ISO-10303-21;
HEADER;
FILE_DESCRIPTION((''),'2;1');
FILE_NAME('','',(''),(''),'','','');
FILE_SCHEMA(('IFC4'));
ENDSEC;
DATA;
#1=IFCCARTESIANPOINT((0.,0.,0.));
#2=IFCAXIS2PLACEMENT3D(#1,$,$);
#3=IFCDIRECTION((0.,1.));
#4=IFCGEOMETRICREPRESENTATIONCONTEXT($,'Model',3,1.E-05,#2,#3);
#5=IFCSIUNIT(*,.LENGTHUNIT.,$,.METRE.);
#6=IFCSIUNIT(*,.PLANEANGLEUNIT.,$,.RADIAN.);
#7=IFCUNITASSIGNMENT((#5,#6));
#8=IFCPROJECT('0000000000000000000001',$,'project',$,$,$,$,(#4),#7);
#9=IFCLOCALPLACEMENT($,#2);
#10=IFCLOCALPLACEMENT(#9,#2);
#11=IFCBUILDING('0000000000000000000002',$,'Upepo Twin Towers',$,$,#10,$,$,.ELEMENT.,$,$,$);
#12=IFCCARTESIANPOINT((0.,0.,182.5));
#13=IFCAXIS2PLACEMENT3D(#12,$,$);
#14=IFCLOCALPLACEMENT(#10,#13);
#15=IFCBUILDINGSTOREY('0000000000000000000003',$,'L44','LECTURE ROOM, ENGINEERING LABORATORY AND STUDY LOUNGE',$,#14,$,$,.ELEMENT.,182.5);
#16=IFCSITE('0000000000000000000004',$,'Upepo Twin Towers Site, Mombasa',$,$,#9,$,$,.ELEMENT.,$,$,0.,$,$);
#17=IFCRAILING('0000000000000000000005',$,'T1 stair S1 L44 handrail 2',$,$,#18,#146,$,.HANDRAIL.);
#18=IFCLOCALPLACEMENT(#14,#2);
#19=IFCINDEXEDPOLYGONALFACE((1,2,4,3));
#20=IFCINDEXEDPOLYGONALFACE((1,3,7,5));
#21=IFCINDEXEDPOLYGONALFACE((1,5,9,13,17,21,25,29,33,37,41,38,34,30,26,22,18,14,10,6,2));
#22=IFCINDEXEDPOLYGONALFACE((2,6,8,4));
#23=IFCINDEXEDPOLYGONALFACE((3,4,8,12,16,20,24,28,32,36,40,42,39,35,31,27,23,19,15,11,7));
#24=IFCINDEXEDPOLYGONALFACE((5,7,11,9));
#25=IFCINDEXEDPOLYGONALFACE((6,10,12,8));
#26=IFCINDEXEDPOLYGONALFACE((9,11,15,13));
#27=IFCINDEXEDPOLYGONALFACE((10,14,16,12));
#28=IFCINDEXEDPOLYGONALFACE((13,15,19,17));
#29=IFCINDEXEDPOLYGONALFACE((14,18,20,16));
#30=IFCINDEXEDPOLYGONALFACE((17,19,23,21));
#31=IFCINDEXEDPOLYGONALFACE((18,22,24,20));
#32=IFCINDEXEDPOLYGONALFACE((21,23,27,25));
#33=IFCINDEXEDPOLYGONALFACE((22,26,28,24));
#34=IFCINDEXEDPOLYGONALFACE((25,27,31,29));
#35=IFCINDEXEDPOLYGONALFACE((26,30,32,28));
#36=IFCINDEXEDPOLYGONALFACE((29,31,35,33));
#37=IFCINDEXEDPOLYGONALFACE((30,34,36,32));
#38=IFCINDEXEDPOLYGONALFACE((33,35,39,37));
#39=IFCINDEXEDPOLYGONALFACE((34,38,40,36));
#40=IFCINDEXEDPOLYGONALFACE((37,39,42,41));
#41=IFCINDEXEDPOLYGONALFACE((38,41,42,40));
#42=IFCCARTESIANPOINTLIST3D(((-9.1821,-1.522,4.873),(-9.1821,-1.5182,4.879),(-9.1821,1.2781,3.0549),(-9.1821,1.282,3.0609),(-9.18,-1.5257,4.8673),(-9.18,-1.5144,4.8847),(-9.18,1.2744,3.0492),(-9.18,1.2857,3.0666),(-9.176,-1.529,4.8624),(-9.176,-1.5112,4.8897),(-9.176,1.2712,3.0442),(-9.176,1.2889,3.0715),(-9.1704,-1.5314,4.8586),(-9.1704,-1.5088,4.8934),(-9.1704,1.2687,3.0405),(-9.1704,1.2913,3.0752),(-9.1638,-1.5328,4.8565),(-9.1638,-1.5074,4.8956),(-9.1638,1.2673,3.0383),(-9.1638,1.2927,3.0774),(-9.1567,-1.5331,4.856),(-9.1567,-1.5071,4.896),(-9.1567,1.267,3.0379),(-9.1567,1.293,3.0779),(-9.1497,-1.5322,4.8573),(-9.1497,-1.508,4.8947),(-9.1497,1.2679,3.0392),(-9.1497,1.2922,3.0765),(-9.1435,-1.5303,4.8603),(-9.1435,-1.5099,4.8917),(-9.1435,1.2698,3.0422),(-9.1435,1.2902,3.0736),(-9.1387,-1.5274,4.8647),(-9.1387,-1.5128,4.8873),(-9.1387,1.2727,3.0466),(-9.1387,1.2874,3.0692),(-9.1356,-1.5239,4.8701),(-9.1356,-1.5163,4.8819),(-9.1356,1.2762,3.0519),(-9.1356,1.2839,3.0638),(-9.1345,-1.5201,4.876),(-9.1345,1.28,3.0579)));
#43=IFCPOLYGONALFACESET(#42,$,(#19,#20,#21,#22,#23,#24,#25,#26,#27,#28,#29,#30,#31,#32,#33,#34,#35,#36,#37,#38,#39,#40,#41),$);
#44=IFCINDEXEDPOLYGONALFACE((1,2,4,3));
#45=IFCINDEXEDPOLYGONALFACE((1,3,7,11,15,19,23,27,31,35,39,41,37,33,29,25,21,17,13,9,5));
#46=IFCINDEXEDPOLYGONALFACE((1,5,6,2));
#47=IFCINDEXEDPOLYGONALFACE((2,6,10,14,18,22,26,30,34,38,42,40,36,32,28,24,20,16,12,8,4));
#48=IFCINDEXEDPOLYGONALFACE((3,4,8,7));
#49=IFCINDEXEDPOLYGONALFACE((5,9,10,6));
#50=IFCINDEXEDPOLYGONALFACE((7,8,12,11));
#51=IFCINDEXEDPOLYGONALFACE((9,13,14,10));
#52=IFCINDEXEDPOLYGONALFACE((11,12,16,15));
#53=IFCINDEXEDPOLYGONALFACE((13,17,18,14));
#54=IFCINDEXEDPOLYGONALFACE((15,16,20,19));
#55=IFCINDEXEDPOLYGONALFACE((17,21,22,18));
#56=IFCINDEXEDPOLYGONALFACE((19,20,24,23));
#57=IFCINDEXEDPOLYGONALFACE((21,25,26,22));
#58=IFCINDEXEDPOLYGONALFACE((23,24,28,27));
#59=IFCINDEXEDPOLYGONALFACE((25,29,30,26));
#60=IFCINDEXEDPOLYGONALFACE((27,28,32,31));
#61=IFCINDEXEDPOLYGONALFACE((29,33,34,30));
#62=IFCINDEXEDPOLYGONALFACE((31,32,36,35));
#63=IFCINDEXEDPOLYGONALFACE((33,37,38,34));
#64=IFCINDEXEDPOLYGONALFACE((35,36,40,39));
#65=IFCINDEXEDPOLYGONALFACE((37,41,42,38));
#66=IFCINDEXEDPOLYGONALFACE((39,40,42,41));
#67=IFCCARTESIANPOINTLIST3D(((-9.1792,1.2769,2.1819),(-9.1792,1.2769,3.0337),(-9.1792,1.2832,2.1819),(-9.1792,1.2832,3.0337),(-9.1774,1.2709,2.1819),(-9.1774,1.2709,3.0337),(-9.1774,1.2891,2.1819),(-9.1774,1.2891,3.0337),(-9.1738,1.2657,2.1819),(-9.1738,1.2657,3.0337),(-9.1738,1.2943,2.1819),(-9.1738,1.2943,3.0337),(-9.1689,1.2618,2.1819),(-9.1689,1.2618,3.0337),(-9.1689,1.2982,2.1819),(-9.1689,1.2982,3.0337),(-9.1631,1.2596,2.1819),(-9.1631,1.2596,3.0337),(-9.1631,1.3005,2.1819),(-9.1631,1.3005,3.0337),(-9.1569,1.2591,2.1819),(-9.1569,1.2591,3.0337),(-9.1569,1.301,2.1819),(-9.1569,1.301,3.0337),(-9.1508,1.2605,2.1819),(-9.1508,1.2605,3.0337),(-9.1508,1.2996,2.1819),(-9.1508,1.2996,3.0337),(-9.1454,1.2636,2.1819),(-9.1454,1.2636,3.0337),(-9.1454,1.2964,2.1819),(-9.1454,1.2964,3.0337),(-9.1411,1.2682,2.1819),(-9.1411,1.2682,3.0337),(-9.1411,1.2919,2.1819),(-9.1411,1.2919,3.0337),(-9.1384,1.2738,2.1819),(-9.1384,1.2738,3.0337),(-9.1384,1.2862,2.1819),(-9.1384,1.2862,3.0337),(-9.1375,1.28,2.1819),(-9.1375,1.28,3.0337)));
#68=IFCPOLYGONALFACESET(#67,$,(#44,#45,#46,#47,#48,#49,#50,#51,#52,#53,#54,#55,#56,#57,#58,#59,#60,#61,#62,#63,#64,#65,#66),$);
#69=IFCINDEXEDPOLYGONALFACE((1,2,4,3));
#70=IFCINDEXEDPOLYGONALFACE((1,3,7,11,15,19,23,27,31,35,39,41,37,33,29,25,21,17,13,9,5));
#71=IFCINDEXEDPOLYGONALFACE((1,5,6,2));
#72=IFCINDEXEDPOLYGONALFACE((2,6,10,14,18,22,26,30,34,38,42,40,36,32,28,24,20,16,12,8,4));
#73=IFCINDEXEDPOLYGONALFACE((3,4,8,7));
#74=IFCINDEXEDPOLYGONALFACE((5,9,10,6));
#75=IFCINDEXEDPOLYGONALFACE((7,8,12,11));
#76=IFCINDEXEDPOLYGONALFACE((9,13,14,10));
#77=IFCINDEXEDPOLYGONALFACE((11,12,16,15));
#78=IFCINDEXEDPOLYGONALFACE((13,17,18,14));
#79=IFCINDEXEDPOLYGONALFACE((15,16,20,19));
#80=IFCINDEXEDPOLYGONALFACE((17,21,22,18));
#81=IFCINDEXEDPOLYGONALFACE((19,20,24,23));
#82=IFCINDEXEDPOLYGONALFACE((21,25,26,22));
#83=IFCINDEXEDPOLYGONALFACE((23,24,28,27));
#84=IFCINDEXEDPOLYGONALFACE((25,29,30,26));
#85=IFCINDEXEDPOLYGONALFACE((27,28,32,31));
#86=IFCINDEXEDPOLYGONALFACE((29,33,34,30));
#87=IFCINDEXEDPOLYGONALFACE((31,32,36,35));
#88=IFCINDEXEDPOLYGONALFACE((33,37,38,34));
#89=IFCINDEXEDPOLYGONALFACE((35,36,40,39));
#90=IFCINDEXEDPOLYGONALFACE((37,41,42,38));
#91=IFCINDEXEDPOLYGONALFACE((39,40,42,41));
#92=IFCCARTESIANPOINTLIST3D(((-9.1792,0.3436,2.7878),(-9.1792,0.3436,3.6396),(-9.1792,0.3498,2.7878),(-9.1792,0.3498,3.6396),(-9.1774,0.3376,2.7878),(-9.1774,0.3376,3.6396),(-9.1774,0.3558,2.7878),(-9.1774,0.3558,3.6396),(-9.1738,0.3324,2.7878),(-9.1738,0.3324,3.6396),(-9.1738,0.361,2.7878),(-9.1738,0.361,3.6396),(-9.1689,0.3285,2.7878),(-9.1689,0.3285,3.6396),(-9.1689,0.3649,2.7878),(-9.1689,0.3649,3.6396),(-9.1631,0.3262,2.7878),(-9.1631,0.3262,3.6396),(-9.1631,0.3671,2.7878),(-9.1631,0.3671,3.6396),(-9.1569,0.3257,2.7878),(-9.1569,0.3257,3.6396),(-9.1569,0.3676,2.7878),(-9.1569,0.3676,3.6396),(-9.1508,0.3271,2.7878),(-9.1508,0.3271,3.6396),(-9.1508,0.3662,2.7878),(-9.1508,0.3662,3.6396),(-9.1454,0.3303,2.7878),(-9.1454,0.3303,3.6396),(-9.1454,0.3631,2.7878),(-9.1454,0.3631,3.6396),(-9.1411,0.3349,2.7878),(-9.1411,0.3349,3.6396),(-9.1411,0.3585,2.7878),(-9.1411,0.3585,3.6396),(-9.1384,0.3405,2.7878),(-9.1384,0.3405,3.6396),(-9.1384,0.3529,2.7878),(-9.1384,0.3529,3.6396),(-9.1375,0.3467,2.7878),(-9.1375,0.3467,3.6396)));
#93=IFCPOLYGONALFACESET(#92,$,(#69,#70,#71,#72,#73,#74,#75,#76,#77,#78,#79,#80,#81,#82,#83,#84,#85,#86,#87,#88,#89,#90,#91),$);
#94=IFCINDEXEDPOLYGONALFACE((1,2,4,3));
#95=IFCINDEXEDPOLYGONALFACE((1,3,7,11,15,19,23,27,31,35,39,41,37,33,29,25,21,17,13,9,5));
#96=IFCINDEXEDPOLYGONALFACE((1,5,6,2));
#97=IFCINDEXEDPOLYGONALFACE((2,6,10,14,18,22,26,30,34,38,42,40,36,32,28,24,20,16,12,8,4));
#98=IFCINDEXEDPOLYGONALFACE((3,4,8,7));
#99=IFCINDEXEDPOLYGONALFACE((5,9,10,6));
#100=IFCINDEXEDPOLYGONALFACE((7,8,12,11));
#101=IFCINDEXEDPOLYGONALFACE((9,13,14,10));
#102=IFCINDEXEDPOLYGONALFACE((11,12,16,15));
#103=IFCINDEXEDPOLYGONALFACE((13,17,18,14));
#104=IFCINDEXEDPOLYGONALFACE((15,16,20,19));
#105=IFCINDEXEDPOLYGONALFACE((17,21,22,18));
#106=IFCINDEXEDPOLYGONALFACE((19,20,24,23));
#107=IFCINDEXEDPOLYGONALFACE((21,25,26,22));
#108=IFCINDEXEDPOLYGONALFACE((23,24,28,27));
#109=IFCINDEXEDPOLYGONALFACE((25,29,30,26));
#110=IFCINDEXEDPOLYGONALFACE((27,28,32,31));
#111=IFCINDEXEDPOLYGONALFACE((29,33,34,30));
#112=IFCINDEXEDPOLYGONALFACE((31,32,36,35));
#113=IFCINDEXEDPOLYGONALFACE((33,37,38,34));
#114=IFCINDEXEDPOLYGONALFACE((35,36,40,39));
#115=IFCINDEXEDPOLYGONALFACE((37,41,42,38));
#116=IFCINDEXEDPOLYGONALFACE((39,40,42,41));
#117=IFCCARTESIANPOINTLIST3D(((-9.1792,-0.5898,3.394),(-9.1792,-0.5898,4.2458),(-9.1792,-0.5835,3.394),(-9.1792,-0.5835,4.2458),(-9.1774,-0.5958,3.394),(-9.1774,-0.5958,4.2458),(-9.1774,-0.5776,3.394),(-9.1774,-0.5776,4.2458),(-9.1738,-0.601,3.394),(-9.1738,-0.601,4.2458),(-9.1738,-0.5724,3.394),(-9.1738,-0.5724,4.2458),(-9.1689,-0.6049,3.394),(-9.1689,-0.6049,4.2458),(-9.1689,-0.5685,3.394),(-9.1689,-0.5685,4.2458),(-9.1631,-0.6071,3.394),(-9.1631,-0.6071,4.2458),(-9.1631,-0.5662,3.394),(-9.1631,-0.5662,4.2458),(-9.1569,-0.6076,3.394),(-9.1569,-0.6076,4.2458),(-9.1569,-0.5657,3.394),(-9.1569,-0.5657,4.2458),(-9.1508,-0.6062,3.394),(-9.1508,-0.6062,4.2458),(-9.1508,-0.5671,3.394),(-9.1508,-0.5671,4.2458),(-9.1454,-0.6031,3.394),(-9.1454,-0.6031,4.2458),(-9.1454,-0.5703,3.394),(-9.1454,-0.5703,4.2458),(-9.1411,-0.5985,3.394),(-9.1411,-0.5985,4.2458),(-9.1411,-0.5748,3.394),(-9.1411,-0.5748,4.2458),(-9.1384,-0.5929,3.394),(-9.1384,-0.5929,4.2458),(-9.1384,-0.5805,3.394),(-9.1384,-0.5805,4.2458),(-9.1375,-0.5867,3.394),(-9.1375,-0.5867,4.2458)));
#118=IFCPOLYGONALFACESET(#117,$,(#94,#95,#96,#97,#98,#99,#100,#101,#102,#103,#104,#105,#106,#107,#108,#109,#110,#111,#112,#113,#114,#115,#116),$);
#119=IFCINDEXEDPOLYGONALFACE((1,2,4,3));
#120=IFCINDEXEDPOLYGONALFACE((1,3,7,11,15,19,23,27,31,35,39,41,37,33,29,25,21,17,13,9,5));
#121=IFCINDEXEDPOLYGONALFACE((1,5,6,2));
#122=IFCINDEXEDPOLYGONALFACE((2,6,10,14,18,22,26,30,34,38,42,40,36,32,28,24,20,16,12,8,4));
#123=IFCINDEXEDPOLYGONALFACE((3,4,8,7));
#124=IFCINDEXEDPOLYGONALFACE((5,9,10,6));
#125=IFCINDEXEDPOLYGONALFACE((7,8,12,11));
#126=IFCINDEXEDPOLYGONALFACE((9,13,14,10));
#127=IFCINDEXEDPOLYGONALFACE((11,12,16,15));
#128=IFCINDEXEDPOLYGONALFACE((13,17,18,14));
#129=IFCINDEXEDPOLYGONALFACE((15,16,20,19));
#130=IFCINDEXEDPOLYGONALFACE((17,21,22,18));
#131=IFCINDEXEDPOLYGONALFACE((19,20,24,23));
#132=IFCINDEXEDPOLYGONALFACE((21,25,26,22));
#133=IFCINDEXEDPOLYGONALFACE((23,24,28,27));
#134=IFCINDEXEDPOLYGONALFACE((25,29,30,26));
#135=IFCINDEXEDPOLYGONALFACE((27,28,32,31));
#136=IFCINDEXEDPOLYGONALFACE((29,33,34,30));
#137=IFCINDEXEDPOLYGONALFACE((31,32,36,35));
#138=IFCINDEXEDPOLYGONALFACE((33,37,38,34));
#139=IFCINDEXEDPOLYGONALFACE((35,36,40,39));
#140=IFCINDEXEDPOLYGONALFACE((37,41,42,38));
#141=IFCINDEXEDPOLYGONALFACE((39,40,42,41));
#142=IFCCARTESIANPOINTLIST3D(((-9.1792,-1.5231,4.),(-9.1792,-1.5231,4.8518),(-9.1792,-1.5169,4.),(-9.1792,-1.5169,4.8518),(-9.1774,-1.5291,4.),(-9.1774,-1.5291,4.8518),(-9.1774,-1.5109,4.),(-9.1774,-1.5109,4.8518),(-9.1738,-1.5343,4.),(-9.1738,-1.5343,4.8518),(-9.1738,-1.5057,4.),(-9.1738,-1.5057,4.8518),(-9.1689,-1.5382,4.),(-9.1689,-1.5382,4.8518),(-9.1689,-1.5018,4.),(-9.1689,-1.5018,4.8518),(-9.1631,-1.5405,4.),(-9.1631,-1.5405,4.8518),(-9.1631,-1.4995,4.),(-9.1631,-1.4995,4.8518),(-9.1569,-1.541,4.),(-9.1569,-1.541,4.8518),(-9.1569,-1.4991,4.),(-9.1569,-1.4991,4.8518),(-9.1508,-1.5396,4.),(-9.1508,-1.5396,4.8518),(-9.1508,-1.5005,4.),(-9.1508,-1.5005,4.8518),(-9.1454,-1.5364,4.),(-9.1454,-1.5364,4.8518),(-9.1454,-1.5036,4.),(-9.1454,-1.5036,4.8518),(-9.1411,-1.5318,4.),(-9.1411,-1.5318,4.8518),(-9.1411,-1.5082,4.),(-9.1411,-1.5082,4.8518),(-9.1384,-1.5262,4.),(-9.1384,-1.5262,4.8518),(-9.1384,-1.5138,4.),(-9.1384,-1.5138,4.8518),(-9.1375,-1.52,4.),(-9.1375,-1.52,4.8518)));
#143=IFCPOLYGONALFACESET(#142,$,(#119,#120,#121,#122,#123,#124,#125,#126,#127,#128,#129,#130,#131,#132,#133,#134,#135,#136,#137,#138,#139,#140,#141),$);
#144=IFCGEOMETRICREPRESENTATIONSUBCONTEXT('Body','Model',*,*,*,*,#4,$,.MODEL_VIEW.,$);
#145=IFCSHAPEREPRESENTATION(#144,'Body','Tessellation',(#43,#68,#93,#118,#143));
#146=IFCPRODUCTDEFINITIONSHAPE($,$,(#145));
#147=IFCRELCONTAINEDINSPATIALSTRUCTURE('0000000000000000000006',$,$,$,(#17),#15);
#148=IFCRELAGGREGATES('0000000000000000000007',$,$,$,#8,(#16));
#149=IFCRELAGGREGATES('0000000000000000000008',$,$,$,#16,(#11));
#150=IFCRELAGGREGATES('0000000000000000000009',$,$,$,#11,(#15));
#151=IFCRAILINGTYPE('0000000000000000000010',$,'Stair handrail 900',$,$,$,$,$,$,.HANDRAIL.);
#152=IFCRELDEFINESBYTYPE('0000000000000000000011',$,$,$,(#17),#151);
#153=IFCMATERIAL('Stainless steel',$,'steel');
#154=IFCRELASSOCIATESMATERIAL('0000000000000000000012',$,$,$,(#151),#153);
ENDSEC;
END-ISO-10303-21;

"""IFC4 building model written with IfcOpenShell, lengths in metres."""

from ifc_helpers import new_model, si_unit, direction, frame, origin, origin_2d, place, context, subcontext, project, spatial, circle, extrude, material, type_object, element, save


model = new_model("IFC4")

# Units and contexts
model_context = context("Model", 3, precision=1e-05, world=origin(), true_north=direction((0.0, 1.0)))
body_context = subcontext(model_context, "Body", "Model", "MODEL_VIEW")
ifc_project = project(units=[si_unit("LENGTHUNIT", "METRE"), si_unit("PLANEANGLEUNIT", "RADIAN")], contexts=[model_context])

# Site, building, storey
site_placement = place(None, origin())
site = spatial("IfcSite", under=ifc_project, at=site_placement, Name="Upepo Twin Towers Site, Mombasa", CompositionType="ELEMENT", RefElevation=0.0)
building_placement = place(site_placement, origin())
building = spatial("IfcBuilding", under=site, at=building_placement, Name="Upepo Twin Towers", CompositionType="ELEMENT")
storey_placement = place(building_placement, frame((0.0, 0.0, 182.5)))
storey = spatial("IfcBuildingStorey", under=building, at=storey_placement, Name="L44", Description="LECTURE ROOM, ENGINEERING LABORATORY AND STUDY LOUNGE", CompositionType="ELEMENT", Elevation=182.5)

# Railing
ifc_material_1 = material(Name="Stainless steel", Category="steel")
railing_type = type_object("IfcRailingType", Name="Stair handrail 900", PredefinedType="HANDRAIL", material=ifc_material_1)
railing_1_placement = place(storey_placement, frame((-9.1584, 1.28, 2.1819)))
element("IfcRailing", 1, at=railing_1_placement, inside=storey, type_object=railing_type, Name="T1 stair S1 L44 handrail 2", PredefinedType="HANDRAIL", context=body_context, shape_type="SweptSolid", body=[
    extrude(circle(Radius=0.0239, at=origin_2d()), frame((0.0, 0.0, 0.876), z_axis=(0.0, -0.838706, 0.544585), x_axis=(1.0, 0.0, 0.0)), (0.0, 0.0, 1.0), 3.3386),
    extrude(circle(Radius=0.021, at=origin_2d()), origin(), (0.0, 0.0, 1.0), 0.8518),
    extrude(circle(Radius=0.021, at=origin_2d()), frame((0.0, -0.9333, 0.606)), (0.0, 0.0, 1.0), 0.8518),
    extrude(circle(Radius=0.021, at=origin_2d()), frame((0.0, -1.8667, 1.2122)), (0.0, 0.0, 1.0), 0.8518),
    extrude(circle(Radius=0.021, at=origin_2d()), frame((0.0, -2.8, 1.8181)), (0.0, 0.0, 1.0), 0.8518),
])

save(model, "model.ifc")
